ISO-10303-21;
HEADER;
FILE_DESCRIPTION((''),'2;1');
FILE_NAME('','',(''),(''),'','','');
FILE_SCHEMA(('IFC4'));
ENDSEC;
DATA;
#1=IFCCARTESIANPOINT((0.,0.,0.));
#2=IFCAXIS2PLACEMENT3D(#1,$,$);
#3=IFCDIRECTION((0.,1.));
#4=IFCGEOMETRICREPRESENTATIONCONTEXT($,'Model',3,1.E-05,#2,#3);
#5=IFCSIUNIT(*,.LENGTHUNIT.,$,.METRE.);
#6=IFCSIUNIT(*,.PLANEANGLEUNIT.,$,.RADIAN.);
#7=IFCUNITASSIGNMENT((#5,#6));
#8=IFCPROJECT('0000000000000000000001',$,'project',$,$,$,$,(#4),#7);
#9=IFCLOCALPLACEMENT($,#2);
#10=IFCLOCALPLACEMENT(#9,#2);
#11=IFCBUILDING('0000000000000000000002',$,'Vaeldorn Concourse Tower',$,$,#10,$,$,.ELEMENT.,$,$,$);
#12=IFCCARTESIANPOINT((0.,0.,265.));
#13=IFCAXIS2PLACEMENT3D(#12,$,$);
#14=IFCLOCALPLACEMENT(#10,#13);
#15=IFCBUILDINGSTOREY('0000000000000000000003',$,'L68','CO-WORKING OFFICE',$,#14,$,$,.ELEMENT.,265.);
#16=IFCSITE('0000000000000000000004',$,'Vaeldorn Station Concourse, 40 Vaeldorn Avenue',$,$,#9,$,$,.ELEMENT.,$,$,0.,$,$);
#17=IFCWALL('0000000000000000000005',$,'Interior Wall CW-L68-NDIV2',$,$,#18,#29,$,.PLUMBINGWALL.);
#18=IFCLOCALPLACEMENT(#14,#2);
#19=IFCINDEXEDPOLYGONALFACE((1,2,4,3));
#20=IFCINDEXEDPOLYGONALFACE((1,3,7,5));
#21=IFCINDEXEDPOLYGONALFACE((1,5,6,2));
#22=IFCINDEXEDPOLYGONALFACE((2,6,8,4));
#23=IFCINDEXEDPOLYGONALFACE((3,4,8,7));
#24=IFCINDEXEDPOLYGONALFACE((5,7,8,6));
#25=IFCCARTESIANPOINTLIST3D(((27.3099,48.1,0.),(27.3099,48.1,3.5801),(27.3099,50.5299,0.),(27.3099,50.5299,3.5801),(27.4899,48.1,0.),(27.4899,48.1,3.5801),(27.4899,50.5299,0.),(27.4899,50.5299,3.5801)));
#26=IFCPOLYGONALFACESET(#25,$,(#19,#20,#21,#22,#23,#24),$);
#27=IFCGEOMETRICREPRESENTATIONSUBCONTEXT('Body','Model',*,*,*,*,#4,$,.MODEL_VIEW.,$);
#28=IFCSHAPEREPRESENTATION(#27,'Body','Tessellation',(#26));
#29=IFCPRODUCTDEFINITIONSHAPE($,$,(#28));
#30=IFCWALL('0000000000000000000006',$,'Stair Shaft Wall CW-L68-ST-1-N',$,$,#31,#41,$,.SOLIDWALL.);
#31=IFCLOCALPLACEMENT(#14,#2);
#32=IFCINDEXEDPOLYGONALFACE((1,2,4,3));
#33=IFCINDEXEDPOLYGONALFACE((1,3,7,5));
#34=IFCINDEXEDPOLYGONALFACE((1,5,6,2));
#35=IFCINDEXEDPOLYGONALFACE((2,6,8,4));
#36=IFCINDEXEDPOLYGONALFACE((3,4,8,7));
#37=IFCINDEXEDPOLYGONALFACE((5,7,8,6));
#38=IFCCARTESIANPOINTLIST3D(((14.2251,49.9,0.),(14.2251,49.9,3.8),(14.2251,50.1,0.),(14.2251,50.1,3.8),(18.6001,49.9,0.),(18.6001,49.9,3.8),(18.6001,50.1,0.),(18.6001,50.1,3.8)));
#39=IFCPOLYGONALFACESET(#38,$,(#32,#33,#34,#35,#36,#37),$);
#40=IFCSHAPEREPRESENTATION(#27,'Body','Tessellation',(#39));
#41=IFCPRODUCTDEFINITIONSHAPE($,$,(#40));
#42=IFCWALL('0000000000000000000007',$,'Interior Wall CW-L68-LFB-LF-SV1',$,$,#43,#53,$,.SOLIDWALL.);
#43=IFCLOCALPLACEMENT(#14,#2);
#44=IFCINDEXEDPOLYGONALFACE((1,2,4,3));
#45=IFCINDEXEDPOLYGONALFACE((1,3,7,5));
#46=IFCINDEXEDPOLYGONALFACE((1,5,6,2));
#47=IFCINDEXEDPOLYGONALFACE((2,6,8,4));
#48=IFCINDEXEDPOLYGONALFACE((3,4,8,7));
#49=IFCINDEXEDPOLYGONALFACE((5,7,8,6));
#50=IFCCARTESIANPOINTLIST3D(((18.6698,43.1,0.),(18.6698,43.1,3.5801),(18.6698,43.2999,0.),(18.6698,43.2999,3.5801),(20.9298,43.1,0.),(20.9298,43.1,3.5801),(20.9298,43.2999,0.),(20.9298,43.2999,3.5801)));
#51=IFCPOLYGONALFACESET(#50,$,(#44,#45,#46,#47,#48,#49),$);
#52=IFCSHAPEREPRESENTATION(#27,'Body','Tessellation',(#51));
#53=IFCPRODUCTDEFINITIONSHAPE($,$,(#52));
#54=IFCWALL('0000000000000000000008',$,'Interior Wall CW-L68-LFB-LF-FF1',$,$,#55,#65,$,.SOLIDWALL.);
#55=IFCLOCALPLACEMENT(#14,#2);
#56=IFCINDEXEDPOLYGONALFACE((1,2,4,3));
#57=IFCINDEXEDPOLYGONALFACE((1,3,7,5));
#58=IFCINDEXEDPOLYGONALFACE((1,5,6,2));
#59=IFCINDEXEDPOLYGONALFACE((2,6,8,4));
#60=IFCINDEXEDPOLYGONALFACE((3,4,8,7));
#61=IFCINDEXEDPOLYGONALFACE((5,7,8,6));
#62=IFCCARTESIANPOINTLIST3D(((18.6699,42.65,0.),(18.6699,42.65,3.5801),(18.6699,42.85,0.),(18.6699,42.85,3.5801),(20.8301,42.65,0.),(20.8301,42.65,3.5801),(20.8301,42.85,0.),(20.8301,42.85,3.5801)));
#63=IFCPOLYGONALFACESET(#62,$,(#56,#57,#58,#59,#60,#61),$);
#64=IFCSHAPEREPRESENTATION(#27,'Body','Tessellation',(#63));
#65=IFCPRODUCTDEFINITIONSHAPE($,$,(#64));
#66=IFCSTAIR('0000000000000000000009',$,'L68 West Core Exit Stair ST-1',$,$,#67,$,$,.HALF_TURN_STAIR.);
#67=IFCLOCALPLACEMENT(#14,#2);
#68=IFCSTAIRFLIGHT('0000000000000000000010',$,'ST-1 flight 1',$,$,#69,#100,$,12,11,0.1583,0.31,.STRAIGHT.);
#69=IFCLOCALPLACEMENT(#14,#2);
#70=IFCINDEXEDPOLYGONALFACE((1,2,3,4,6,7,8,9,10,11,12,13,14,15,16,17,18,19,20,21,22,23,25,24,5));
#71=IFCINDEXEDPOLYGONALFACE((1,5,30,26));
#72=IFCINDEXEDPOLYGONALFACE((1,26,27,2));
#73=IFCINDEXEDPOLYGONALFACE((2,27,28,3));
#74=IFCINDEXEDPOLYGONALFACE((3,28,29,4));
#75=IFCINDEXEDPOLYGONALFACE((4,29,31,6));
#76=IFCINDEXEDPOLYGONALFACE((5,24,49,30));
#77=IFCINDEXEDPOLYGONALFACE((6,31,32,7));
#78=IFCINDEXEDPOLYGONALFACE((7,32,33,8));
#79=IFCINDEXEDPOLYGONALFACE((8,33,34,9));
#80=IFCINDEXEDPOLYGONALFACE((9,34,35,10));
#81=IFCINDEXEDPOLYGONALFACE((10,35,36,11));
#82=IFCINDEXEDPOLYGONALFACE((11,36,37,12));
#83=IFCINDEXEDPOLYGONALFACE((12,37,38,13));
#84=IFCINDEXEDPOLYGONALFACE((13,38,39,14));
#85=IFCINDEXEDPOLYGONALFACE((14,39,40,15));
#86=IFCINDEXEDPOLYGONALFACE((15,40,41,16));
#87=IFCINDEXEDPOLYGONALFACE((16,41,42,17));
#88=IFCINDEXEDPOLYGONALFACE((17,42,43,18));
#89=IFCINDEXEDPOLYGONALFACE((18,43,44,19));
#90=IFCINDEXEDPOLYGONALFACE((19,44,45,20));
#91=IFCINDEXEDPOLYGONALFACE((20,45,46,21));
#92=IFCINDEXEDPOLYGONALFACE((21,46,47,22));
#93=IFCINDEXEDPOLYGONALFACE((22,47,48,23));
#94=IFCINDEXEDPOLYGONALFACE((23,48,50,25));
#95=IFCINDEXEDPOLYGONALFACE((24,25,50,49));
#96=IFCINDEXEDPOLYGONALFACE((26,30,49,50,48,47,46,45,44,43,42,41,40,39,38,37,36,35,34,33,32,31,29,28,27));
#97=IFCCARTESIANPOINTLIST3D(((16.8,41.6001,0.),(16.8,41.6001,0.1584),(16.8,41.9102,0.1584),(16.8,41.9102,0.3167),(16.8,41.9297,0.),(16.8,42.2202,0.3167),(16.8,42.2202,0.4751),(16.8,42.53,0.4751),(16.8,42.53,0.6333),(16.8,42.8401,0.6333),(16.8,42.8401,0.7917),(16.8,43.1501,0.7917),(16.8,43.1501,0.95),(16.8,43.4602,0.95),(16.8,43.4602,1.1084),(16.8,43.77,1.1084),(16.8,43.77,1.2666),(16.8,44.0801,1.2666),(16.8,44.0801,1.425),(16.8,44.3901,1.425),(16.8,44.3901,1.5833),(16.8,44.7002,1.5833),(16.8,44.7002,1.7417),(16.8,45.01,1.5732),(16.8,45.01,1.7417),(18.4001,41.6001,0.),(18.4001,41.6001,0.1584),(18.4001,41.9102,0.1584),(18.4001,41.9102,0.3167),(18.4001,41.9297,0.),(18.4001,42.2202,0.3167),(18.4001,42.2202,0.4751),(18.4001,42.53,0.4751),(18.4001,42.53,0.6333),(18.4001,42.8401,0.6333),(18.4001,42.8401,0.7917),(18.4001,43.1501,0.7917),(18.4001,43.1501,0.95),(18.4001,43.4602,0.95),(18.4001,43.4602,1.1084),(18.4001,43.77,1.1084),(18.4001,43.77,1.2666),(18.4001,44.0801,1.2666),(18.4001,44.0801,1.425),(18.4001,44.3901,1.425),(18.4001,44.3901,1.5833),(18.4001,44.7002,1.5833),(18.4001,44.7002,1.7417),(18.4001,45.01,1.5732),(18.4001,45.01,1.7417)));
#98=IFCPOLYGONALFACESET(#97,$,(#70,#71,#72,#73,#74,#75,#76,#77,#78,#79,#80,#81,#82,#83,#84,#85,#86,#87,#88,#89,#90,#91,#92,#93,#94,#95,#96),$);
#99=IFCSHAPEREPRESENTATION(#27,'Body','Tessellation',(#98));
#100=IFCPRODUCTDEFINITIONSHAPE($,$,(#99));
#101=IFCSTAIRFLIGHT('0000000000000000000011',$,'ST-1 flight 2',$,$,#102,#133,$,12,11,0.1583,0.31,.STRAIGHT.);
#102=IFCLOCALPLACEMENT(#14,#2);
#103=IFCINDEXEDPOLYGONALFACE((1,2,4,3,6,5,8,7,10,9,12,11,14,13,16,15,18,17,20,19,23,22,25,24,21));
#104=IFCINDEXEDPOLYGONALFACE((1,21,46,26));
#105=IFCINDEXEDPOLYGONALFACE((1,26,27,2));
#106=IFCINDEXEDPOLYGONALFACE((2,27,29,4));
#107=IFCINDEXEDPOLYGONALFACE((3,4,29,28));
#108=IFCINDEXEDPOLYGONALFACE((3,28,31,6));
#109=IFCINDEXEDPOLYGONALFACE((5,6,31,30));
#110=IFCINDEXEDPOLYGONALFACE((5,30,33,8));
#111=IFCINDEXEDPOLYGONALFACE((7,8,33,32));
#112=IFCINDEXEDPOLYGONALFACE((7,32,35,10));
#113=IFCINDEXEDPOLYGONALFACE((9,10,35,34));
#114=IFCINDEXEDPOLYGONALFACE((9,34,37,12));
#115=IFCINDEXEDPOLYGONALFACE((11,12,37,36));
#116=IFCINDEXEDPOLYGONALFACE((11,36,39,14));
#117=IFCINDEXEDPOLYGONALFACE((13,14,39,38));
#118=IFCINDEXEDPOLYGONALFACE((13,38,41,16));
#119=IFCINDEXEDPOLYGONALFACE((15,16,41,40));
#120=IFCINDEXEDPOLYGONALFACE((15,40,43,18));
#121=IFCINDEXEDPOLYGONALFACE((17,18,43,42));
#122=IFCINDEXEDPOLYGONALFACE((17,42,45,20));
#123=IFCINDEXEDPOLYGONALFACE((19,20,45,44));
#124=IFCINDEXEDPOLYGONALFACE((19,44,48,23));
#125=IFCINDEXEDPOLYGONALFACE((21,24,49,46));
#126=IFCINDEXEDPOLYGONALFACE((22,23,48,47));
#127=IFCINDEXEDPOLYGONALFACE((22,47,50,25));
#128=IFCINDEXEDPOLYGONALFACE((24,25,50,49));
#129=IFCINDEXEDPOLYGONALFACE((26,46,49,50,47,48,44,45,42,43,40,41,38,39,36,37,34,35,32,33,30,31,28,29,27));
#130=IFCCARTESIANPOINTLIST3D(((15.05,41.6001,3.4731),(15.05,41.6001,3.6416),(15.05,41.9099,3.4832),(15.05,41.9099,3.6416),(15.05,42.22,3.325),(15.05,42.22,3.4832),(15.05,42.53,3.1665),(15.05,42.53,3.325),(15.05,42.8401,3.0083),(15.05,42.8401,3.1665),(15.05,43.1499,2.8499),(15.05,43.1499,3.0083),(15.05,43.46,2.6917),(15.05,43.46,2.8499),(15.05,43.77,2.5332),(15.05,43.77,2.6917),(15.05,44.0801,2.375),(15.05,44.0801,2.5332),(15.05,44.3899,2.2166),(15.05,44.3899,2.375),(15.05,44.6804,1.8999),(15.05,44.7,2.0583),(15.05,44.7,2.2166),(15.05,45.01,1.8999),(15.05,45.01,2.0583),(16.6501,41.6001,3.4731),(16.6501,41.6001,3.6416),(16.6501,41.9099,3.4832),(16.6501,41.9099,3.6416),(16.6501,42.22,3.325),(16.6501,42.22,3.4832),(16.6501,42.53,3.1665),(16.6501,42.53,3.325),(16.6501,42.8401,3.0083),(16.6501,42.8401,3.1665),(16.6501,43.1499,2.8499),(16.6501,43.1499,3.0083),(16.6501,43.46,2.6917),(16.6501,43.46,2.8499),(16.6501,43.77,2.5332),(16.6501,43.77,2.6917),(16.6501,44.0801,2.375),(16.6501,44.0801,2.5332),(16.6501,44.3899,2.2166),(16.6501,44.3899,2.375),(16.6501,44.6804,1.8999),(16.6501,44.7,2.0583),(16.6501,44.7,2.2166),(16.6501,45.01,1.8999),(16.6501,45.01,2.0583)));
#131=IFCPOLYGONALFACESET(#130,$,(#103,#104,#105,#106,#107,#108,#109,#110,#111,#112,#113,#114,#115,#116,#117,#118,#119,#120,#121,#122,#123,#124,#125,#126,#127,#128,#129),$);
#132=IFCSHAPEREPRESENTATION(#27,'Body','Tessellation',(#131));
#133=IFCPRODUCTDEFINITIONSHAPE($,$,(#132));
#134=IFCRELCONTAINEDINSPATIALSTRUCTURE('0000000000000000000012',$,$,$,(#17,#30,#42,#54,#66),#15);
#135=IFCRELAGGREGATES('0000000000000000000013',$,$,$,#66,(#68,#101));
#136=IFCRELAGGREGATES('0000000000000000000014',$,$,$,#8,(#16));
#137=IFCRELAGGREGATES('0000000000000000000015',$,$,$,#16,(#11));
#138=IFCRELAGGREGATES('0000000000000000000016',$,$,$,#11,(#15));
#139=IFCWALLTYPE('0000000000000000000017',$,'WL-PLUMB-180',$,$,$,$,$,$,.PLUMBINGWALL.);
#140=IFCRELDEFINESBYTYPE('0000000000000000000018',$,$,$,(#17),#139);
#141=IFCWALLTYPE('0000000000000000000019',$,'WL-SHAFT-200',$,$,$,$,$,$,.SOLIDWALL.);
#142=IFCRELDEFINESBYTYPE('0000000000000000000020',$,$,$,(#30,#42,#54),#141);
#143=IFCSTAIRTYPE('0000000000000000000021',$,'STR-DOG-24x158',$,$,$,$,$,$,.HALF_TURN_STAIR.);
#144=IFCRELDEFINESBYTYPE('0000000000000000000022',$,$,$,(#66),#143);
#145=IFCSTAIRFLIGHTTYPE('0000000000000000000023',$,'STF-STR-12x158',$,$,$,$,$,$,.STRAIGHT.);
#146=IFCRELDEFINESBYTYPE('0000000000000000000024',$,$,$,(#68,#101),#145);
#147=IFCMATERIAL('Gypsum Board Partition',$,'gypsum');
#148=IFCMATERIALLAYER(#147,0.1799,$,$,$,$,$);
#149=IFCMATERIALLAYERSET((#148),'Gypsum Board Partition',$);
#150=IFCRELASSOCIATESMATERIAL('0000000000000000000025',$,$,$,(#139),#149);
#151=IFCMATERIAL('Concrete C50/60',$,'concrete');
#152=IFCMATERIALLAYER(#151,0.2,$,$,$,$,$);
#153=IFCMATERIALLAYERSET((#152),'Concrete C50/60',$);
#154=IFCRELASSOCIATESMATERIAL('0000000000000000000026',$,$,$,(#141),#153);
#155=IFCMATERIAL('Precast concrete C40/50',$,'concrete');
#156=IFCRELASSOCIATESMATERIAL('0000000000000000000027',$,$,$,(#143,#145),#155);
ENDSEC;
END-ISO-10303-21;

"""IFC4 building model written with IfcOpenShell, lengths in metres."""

from ifc_helpers import new_model, si_unit, direction, frame, frame_2d, origin, place, context, subcontext, project, spatial, polyline, rectangle, outline, extrude, material, layer, layer_set, type_object, element, aggregate, save


model = new_model("IFC4")

# Units and contexts
model_context = context("Model", 3, precision=1e-05, world=origin(), true_north=direction((0.0, 1.0)))
body_context = subcontext(model_context, "Body", "Model", "MODEL_VIEW")
ifc_project = project(units=[si_unit("LENGTHUNIT", "METRE"), si_unit("PLANEANGLEUNIT", "RADIAN")], contexts=[model_context])

# Site, building, storey
site_placement = place(None, origin())
site = spatial("IfcSite", under=ifc_project, at=site_placement, Name="Vaeldorn Station Concourse, 40 Vaeldorn Avenue", CompositionType="ELEMENT", RefElevation=0.0)
building_placement = place(site_placement, origin())
building = spatial("IfcBuilding", under=site, at=building_placement, Name="Vaeldorn Concourse Tower", CompositionType="ELEMENT")
storey_placement = place(building_placement, frame((0.0, 0.0, 265.0)))
storey = spatial("IfcBuildingStorey", under=building, at=storey_placement, Name="L68", Description="CO-WORKING OFFICE", CompositionType="ELEMENT", Elevation=265.0)

# Shared definitions
ifc_material_1 = material(Name="Concrete C50/60", Category="concrete")
ifc_material_2 = material(Name="Gypsum Board Partition", Category="gypsum")

# Shared definitions
ifc_layer_1 = layer(ifc_material_2, 0.1799)
ifc_layer_set_1 = layer_set([ifc_layer_1], Name="Gypsum Board Partition")
wall_type_1 = type_object("IfcWallType", Name="WL-PLUMB-180", PredefinedType="PLUMBINGWALL", material=ifc_layer_set_1)

# Walls
wall_1_placement = place(storey_placement, frame((27.3999, 48.1001, 0.0), z_axis=(0.0, 0.0, 1.0), x_axis=(0.0, 1.0, 0.0)))
element("IfcWall", 1, at=wall_1_placement, inside=storey, type_object=wall_type_1, Name="Interior Wall CW-L68-NDIV2", PredefinedType="PLUMBINGWALL", context=body_context, shape_type="SweptSolid", body=[
    extrude(rectangle(XDim=2.4299, YDim=0.1799, at=frame_2d((1.2148, 0.0))), origin(), (0.0, 0.0, 1.0), 3.5801),
])
ifc_layer_2 = layer(ifc_material_1, 0.2)
ifc_layer_set_2 = layer_set([ifc_layer_2], Name="Concrete C50/60")
wall_type_2 = type_object("IfcWallType", Name="WL-SHAFT-200", PredefinedType="SOLIDWALL", material=ifc_layer_set_2)
wall_2_placement = place(storey_placement, frame((14.2251, 50.0, 0.0), z_axis=(0.0, 0.0, 1.0), x_axis=(1.0, 0.0, 0.0)))
element("IfcWall", 2, at=wall_2_placement, inside=storey, type_object=wall_type_2, Name="Stair Shaft Wall CW-L68-ST-1-N", PredefinedType="SOLIDWALL", context=body_context, shape_type="SweptSolid", body=[
    extrude(rectangle(XDim=4.375, YDim=0.2, at=frame_2d((2.1875, 0.0))), origin(), (0.0, 0.0, 1.0), 3.8),
])

# Walls
wall_3_placement = place(storey_placement, frame((18.6699, 43.2, 0.0), z_axis=(0.0, 0.0, 1.0), x_axis=(1.0, 0.0, 0.0)))
element("IfcWall", 3, at=wall_3_placement, inside=storey, type_object=wall_type_2, Name="Interior Wall CW-L68-LFB-LF-SV1", PredefinedType="SOLIDWALL", context=body_context, shape_type="SweptSolid", body=[
    extrude(rectangle(XDim=2.26, YDim=0.2, at=frame_2d((1.1299, 0.0))), origin(), (0.0, 0.0, 1.0), 3.5801),
])
wall_4_placement = place(storey_placement, frame((18.6699, 42.75, 0.0), z_axis=(0.0, 0.0, 1.0), x_axis=(1.0, 0.0, 0.0)))
element("IfcWall", 4, at=wall_4_placement, inside=storey, type_object=wall_type_2, Name="Interior Wall CW-L68-LFB-LF-FF1", PredefinedType="SOLIDWALL", context=body_context, shape_type="SweptSolid", body=[
    extrude(rectangle(XDim=2.1602, YDim=0.2, at=frame_2d((1.0801, 0.0))), origin(), (0.0, 0.0, 1.0), 3.5801),
])

# Stair, stair flights
ifc_material_3 = material(Name="Precast concrete C40/50", Category="concrete")
stair_type = type_object("IfcStairType", Name="STR-DOG-24x158", PredefinedType="HALF_TURN_STAIR", material=ifc_material_3)
stair_placement = place(storey_placement, origin())
stair = element("IfcStair", 5, at=stair_placement, inside=storey, type_object=stair_type, Name="L68 West Core Exit Stair ST-1", PredefinedType="HALF_TURN_STAIR")
stair_flight_type = type_object("IfcStairFlightType", Name="STF-STR-12x158", PredefinedType="STRAIGHT", material=ifc_material_3)
stair_flight_1_placement = place(storey_placement, frame((17.6001, 41.6001, 0.0), z_axis=(0.0, 0.0, 1.0), x_axis=(0.0, 1.0, 0.0)))
stair_flight_1 = element("IfcStairFlight", 6, at=stair_flight_1_placement, type_object=stair_flight_type, Name="ST-1 flight 1", NumberOfRisers=12, NumberOfTreads=11, PredefinedType="STRAIGHT", RiserHeight=0.1583, TreadLength=0.31, context=body_context, shape_type="SweptSolid", body=[
    extrude(outline(polyline([(0.0, 0.0), (0.0, 0.1584), (0.3101, 0.1584), (0.3101, 0.3167), (0.6201, 0.3167), (0.6201, 0.4751), (0.9299, 0.4751), (0.9299, 0.6333), (1.24, 0.6333), (1.24, 0.7917), (1.55, 0.7917), (1.55, 0.95), (1.8601, 0.95), (1.8601, 1.1084), (2.1699, 1.1084), (2.1699, 1.2666), (2.48, 1.2666), (2.48, 1.425), (2.79, 1.425), (2.79, 1.5833), (3.1001, 1.5833), (3.1001, 1.7417), (3.4099, 1.7417), (3.4099, 1.8999), (3.4099, 1.5732), (0.3296, 0.0), (0.0, 0.0)])), frame((0.0, 0.8, 0.0), z_axis=(0.0, -1.0, 0.0), x_axis=(1.0, 0.0, 0.0)), (0.0, 0.0, 1.0), 1.6001),
])
stair_flight_2_placement = place(storey_placement, frame((15.8501, 45.01, 1.8999), z_axis=(0.0, 0.0, 1.0), x_axis=(0.0, -1.0, 0.0)))
stair_flight_2 = element("IfcStairFlight", 7, at=stair_flight_2_placement, type_object=stair_flight_type, Name="ST-1 flight 2", NumberOfRisers=12, NumberOfTreads=11, PredefinedType="STRAIGHT", RiserHeight=0.1583, TreadLength=0.31, context=body_context, shape_type="SweptSolid", body=[
    extrude(outline(polyline([(0.0, 0.0), (0.0, 0.1584), (0.3101, 0.1584), (0.3101, 0.3167), (0.6201, 0.3167), (0.6201, 0.4751), (0.9299, 0.4751), (0.9299, 0.6333), (1.24, 0.6333), (1.24, 0.7917), (1.55, 0.7917), (1.55, 0.95), (1.8601, 0.95), (1.8601, 1.1084), (2.1699, 1.1084), (2.1699, 1.2666), (2.48, 1.2666), (2.48, 1.425), (2.79, 1.425), (2.79, 1.5833), (3.1001, 1.5833), (3.1001, 1.7417), (3.4099, 1.7417), (3.4099, 1.8999), (3.4099, 1.5732), (0.3296, 0.0), (0.0, 0.0)])), frame((0.0, 0.8, 0.0), z_axis=(0.0, -1.0, 0.0), x_axis=(1.0, 0.0, 0.0)), (0.0, 0.0, 1.0), 1.6001),
])
aggregate(stair, [stair_flight_1, stair_flight_2])

save(model, "model.ifc")
